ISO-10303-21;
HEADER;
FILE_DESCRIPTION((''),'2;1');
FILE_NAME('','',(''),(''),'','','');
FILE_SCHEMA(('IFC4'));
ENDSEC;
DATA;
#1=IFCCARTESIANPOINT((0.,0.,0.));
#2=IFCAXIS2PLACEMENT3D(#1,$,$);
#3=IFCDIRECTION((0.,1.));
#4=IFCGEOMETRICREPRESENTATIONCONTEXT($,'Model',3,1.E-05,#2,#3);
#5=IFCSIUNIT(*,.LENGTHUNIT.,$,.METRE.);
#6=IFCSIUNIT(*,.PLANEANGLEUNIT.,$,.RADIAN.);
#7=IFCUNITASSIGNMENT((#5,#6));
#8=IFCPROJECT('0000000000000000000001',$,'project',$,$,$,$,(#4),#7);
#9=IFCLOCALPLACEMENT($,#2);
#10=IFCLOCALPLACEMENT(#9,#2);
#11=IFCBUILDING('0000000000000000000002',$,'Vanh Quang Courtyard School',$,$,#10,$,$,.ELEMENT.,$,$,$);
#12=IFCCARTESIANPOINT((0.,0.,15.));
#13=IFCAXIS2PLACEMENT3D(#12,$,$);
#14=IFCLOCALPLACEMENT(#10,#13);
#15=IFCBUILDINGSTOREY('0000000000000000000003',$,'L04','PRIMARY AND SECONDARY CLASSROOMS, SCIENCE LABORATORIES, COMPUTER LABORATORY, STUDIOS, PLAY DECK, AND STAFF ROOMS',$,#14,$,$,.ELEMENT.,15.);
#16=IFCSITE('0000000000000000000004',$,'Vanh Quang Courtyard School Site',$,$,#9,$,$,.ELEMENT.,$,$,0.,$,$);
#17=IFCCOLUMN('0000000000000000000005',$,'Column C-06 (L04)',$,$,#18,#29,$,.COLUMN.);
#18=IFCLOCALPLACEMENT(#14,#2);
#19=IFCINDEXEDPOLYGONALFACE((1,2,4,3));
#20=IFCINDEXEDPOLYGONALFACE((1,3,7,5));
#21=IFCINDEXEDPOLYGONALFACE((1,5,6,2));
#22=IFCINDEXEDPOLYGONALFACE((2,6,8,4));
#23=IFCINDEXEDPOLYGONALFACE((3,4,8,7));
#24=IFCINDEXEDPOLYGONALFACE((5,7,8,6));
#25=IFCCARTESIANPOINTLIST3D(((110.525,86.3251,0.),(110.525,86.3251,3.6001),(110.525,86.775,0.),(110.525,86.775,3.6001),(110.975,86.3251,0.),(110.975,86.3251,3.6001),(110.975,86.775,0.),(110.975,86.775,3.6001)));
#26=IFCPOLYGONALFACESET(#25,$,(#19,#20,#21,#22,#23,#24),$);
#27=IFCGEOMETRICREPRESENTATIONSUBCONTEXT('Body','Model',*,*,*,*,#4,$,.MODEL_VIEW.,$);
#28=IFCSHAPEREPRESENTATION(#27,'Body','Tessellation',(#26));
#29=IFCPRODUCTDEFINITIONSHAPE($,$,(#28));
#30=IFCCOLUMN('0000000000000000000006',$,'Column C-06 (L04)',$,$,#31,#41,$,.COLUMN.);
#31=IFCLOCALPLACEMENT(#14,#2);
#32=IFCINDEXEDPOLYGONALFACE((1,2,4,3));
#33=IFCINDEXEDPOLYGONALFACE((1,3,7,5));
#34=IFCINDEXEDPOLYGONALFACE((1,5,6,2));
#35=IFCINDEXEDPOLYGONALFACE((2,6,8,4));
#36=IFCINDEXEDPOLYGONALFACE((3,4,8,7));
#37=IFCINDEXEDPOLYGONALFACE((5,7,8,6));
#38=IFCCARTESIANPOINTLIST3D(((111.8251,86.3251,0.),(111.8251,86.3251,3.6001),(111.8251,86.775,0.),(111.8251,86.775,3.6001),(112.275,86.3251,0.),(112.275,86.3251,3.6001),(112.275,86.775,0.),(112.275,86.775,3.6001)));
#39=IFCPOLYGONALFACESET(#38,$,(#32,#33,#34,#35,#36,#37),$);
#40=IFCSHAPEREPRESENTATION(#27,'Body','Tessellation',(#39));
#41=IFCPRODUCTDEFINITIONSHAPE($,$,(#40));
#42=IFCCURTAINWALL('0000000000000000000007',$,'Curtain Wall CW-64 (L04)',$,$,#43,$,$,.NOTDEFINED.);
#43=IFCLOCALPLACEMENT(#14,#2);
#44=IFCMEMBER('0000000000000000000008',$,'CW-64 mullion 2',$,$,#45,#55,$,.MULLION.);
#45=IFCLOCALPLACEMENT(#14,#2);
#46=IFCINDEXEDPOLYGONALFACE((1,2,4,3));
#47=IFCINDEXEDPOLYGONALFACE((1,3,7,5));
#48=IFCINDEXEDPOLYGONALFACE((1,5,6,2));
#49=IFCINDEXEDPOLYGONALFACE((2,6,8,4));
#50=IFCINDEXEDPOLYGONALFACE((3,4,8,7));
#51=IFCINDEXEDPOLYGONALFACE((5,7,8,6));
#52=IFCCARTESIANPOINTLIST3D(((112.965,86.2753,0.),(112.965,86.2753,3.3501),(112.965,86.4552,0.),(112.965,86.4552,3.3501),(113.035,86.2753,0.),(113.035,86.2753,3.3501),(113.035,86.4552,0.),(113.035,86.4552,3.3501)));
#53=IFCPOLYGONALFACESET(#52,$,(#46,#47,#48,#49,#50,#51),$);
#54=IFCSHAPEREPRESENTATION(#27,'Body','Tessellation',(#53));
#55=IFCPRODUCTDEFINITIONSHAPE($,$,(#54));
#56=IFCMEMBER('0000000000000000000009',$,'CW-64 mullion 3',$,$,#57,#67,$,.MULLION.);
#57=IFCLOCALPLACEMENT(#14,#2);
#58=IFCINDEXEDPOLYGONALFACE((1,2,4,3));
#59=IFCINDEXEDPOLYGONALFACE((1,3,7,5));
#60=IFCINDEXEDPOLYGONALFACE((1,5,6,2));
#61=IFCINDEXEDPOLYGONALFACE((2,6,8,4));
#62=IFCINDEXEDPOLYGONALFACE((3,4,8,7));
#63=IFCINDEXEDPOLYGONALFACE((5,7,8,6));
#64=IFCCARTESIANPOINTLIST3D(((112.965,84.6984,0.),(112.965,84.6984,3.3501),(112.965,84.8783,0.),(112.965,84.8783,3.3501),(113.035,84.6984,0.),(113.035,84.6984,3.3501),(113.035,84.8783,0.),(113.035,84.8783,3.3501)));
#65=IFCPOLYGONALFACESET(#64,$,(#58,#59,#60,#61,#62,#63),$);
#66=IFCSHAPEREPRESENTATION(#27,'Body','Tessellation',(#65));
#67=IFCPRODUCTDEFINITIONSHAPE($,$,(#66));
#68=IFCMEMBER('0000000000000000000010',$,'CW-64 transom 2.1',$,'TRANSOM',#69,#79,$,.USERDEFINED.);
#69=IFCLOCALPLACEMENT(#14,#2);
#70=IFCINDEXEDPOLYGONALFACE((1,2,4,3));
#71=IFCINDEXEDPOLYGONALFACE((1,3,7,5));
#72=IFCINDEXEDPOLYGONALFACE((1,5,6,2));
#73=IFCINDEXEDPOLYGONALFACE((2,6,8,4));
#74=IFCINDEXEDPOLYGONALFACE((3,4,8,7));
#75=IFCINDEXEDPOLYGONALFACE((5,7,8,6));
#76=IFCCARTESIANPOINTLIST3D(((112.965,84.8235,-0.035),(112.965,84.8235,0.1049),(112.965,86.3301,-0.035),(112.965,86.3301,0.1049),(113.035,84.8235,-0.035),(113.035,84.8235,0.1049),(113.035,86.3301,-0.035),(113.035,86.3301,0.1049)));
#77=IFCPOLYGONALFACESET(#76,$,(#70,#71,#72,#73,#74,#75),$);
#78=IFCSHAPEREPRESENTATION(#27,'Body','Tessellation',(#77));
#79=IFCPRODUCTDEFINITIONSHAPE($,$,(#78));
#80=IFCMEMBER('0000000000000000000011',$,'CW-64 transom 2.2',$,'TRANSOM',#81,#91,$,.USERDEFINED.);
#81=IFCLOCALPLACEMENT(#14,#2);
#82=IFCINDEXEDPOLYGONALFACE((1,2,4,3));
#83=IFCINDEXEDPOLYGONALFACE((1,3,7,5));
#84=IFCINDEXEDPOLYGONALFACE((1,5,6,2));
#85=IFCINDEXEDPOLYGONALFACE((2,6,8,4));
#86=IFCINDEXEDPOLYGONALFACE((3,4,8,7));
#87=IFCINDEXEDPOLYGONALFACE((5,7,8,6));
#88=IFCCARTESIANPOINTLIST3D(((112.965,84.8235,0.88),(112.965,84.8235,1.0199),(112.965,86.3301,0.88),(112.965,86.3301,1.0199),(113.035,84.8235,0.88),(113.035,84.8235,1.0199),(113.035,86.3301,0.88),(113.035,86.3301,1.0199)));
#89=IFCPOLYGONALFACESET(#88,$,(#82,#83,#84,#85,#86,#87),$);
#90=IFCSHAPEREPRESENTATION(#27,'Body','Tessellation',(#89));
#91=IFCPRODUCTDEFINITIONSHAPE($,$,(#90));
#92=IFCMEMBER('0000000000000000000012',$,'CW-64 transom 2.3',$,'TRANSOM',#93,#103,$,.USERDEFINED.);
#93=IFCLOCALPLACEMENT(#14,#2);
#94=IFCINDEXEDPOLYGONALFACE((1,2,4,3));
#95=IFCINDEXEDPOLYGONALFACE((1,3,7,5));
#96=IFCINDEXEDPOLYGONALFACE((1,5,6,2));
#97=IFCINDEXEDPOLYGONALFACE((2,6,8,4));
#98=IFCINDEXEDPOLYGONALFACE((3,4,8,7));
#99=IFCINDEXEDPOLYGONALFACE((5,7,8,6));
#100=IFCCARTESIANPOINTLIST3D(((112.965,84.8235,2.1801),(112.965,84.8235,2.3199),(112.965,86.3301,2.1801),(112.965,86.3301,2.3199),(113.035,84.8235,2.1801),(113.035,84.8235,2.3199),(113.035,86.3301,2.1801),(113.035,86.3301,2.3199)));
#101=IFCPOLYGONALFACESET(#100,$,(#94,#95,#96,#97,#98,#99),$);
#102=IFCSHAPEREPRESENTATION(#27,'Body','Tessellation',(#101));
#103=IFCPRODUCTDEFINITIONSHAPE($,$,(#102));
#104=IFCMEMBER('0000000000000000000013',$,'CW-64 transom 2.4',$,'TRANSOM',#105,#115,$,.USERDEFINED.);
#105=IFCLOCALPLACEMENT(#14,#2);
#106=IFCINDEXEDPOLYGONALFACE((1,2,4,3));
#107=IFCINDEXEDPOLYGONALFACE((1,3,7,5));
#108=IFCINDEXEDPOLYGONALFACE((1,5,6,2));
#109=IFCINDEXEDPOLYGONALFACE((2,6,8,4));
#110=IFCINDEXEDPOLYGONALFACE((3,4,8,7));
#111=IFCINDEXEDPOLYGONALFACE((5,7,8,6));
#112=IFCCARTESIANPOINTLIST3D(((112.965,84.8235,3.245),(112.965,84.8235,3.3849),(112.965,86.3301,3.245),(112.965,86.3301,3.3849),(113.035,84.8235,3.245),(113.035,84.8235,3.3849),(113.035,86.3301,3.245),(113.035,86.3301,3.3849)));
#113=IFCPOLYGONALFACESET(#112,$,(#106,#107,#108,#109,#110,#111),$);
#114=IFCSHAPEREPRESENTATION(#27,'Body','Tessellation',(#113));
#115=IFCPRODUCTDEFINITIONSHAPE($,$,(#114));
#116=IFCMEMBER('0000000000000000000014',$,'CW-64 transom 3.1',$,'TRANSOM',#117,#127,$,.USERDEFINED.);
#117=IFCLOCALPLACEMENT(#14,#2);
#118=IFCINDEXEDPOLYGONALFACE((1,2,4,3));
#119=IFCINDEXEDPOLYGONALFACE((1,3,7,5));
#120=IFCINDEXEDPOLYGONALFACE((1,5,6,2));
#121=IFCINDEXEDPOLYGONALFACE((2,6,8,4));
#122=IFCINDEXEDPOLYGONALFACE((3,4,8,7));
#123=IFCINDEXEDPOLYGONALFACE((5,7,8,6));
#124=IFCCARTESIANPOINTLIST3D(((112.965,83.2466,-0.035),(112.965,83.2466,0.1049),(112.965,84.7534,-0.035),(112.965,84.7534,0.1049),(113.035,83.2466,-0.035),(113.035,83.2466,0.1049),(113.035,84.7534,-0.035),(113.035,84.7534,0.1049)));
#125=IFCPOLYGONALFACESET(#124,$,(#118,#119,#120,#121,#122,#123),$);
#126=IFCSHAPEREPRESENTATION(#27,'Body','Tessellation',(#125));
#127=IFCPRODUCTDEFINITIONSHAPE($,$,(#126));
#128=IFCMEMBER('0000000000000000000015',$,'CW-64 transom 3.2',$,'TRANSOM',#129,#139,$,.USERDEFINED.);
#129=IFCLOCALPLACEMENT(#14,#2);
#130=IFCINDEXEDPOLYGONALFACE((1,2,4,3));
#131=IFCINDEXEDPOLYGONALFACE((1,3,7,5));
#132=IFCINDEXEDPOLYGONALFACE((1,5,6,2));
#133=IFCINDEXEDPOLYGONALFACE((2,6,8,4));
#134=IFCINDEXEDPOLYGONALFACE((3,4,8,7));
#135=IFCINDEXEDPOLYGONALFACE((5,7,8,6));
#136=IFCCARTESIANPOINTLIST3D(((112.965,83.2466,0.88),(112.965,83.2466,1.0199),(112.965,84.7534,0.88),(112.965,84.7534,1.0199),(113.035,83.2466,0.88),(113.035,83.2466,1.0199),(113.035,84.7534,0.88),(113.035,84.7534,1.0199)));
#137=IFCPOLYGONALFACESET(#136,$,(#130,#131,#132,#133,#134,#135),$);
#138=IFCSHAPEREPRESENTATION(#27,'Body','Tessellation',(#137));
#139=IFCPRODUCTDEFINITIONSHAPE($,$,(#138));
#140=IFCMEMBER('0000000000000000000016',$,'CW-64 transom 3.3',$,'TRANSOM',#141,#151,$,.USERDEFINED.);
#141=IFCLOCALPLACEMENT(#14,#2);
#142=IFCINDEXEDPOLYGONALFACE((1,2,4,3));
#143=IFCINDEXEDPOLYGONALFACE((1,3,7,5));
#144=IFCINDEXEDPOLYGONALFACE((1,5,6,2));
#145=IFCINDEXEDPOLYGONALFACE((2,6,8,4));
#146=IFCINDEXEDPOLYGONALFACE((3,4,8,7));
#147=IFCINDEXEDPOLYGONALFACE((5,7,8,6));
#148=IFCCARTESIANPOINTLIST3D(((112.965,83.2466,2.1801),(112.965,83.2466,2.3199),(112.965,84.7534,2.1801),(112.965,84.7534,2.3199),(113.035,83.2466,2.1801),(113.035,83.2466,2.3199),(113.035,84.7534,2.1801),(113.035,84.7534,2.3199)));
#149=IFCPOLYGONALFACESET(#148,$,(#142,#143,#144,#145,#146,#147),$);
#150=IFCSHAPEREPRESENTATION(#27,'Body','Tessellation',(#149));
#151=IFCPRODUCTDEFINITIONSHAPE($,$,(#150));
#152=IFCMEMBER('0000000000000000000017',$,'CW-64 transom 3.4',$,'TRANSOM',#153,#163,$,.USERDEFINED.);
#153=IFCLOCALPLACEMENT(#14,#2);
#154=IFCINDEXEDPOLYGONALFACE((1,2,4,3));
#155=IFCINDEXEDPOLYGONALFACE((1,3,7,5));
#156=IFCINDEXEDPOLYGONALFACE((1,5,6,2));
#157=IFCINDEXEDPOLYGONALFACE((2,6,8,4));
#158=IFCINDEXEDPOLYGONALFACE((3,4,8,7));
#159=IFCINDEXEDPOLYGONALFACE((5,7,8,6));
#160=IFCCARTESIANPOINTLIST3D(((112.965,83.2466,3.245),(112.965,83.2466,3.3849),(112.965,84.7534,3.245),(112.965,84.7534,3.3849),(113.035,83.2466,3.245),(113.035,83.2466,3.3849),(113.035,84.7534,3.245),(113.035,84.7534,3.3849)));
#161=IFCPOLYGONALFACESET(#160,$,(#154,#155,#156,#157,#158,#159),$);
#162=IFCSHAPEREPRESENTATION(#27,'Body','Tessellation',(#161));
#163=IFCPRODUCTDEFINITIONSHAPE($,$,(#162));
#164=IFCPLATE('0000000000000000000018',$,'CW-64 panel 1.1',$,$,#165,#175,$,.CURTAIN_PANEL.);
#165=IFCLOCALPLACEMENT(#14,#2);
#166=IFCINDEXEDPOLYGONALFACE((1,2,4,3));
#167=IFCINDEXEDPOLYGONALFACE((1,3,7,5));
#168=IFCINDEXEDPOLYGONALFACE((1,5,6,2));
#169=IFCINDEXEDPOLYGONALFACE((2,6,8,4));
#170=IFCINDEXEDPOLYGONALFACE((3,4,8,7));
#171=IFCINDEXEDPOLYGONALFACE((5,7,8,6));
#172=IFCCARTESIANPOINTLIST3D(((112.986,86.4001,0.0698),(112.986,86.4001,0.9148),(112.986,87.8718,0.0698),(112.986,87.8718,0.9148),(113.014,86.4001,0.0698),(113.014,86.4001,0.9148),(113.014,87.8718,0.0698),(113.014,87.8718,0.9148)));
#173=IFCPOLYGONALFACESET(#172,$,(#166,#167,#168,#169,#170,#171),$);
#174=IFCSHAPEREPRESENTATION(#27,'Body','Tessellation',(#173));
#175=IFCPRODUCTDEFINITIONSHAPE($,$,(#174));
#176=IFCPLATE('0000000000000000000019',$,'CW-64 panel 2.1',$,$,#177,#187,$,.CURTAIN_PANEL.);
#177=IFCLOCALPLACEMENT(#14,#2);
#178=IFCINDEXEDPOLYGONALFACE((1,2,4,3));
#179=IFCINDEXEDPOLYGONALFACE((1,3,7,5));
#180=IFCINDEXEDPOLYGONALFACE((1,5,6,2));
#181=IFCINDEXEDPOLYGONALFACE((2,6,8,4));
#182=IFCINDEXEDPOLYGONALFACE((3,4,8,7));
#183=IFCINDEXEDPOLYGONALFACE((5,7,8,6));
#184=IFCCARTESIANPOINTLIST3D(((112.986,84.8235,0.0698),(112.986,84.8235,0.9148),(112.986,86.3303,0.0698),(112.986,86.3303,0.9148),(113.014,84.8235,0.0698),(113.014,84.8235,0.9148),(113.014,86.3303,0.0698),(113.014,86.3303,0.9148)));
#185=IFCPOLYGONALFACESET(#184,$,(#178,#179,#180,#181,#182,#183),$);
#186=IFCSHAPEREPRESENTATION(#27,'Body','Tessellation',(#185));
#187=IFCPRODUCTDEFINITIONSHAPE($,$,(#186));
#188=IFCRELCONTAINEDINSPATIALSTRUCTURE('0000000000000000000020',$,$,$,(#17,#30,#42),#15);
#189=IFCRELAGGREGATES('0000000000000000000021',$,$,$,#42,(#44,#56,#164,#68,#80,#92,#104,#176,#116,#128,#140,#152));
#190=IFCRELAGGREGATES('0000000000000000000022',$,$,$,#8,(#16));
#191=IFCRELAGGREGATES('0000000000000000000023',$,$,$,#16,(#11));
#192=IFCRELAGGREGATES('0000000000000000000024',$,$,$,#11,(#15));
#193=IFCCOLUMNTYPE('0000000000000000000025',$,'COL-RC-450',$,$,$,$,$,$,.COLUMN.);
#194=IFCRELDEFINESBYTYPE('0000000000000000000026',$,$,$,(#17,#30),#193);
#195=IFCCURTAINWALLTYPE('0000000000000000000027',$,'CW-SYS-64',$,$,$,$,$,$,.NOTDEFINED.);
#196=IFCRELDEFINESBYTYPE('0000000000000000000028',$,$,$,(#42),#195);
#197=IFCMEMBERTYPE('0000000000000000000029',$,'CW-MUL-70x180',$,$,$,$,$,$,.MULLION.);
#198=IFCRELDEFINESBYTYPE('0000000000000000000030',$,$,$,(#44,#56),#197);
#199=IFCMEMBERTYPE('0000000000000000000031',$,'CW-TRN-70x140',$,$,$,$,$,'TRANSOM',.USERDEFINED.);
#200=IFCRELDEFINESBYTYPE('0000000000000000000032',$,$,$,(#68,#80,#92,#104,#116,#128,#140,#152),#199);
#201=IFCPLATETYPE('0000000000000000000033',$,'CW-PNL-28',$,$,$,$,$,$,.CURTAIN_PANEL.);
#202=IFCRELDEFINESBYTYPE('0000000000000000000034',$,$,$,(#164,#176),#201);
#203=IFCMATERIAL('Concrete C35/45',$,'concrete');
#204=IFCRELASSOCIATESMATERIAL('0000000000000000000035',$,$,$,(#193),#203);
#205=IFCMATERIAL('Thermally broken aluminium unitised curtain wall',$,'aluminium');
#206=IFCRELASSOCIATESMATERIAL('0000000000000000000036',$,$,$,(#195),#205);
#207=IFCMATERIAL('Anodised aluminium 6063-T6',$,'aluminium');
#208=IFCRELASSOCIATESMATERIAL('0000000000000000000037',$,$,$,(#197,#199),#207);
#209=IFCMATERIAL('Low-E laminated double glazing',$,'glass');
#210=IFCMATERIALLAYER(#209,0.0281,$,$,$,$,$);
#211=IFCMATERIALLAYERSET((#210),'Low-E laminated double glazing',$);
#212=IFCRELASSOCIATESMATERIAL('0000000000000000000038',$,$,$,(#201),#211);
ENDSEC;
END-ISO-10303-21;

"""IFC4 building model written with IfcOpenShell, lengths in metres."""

from ifc_helpers import new_model, si_unit, direction, frame, origin, origin_2d, place, context, subcontext, project, spatial, rectangle, extrude, material, layer, layer_set, material_profile, profile_set, type_object, element, aggregate, save


model = new_model("IFC4")

# Units and contexts
model_context = context("Model", 3, precision=1e-05, world=origin(), true_north=direction((0.0, 1.0)))
body_context = subcontext(model_context, "Body", "Model", "MODEL_VIEW")
ifc_project = project(units=[si_unit("LENGTHUNIT", "METRE"), si_unit("PLANEANGLEUNIT", "RADIAN")], contexts=[model_context])

# Site, building, storey
site_placement = place(None, origin())
site = spatial("IfcSite", under=ifc_project, at=site_placement, Name="Vanh Quang Courtyard School Site", CompositionType="ELEMENT", RefElevation=0.0)
building_placement = place(site_placement, origin())
building = spatial("IfcBuilding", under=site, at=building_placement, Name="Vanh Quang Courtyard School", CompositionType="ELEMENT")
storey_placement = place(building_placement, frame((0.0, 0.0, 15.0)))
storey = spatial("IfcBuildingStorey", under=building, at=storey_placement, Name="L04", Description="PRIMARY AND SECONDARY CLASSROOMS, SCIENCE LABORATORIES, COMPUTER LABORATORY, STUDIOS, PLAY DECK, AND STAFF ROOMS", CompositionType="ELEMENT", Elevation=15.0)

# Columns
ifc_material_1 = material(Name="Concrete C35/45", Category="concrete")
ifc_material_profile_1 = material_profile(ifc_material_1, rectangle(XDim=0.45, YDim=0.45, at=origin_2d()), Name="RC-COL 450x450")
ifc_profile_set_1 = profile_set([ifc_material_profile_1], Name="Concrete C35/45")
column_type = type_object("IfcColumnType", Name="COL-RC-450", PredefinedType="COLUMN", material=ifc_profile_set_1)
for number, where, z_axis, x_axis, name in (
    (1, (110.75, 86.55, 0.0), (0.0, 0.0, 1.0), (1.0, 0.0, 0.0), "Column C-06 (L04)"),
    (2, (112.05, 86.55, 0.0), (0.0, 0.0, 1.0), (1.0, 0.0, 0.0), "Column C-06 (L04)"),
):
    element("IfcColumn", number, at=place(storey_placement, frame(where, z_axis=z_axis, x_axis=x_axis)), inside=storey, type_object=column_type, Name=name, PredefinedType="COLUMN", context=body_context, shape_type="SweptSolid", body=[
        extrude(rectangle(XDim=0.45, YDim=0.45, at=origin_2d()), origin(), (0.0, 0.0, 1.0), 3.6001),
    ])

# Curtain wall, members, plates
ifc_material_2 = material(Name="Thermally broken aluminium unitised curtain wall", Category="aluminium")
curtain_wall_type = type_object("IfcCurtainWallType", Name="CW-SYS-64", PredefinedType="NOTDEFINED", material=ifc_material_2)
curtain_wall_placement = place(storey_placement, origin())
curtain_wall = element("IfcCurtainWall", 3, at=curtain_wall_placement, inside=storey, type_object=curtain_wall_type, Name="Curtain Wall CW-64 (L04)", PredefinedType="NOTDEFINED")
ifc_material_3 = material(Name="Anodised aluminium 6063-T6", Category="aluminium")
ifc_material_profile_2 = material_profile(ifc_material_3, rectangle(XDim=0.0701, YDim=0.1799, at=origin_2d()), Name="ALU-MUL 70x180")
ifc_profile_set_2 = profile_set([ifc_material_profile_2], Name="Anodised aluminium 6063-T6")
member_type_1 = type_object("IfcMemberType", Name="CW-MUL-70x180", PredefinedType="MULLION", material=ifc_profile_set_2)
member_1_placement = place(storey_placement, frame((113.0, 86.3652, 0.0), z_axis=(0.0, 0.0, 1.0), x_axis=(1.0, 0.0, 0.0)))
member_1 = element("IfcMember", 4, at=member_1_placement, type_object=member_type_1, Name="CW-64 mullion 2", PredefinedType="MULLION", context=body_context, shape_type="SweptSolid", body=[
    extrude(rectangle(XDim=0.0701, YDim=0.1799, at=origin_2d()), origin(), (0.0, 0.0, 1.0), 3.3501),
])
member_2_placement = place(storey_placement, frame((113.0, 84.7883, 0.0), z_axis=(0.0, 0.0, 1.0), x_axis=(1.0, 0.0, 0.0)))
member_2 = element("IfcMember", 5, at=member_2_placement, type_object=member_type_1, Name="CW-64 mullion 3", PredefinedType="MULLION", context=body_context, shape_type="SweptSolid", body=[
    extrude(rectangle(XDim=0.0701, YDim=0.1799, at=origin_2d()), origin(), (0.0, 0.0, 1.0), 3.3501),
])
ifc_material_profile_3 = material_profile(ifc_material_3, rectangle(XDim=0.0701, YDim=0.1399, at=origin_2d()), Name="ALU-TRN 70x140")
ifc_profile_set_3 = profile_set([ifc_material_profile_3], Name="Anodised aluminium 6063-T6")
member_type_2 = type_object("IfcMemberType", Name="CW-TRN-70x140", ElementType="TRANSOM", PredefinedType="USERDEFINED", material=ifc_profile_set_3)
member_3_placement = place(storey_placement, frame((113.0, 86.3301, 0.0349), z_axis=(0.0, -1.0, 0.0), x_axis=(1.0, 0.0, 0.0)))
member_3 = element("IfcMember", 6, at=member_3_placement, type_object=member_type_2, Name="CW-64 transom 2.1", ObjectType="TRANSOM", PredefinedType="USERDEFINED", context=body_context, shape_type="SweptSolid", body=[
    extrude(rectangle(XDim=0.0701, YDim=0.1399, at=origin_2d()), origin(), (0.0, 0.0, 1.0), 1.5066),
])
member_4_placement = place(storey_placement, frame((113.0, 86.3301, 0.95), z_axis=(0.0, -1.0, 0.0), x_axis=(1.0, 0.0, 0.0)))
member_4 = element("IfcMember", 7, at=member_4_placement, type_object=member_type_2, Name="CW-64 transom 2.2", ObjectType="TRANSOM", PredefinedType="USERDEFINED", context=body_context, shape_type="SweptSolid", body=[
    extrude(rectangle(XDim=0.0701, YDim=0.1399, at=origin_2d()), origin(), (0.0, 0.0, 1.0), 1.5066),
])
member_5_placement = place(storey_placement, frame((113.0, 86.3301, 2.25), z_axis=(0.0, -1.0, 0.0), x_axis=(1.0, 0.0, 0.0)))
member_5 = element("IfcMember", 8, at=member_5_placement, type_object=member_type_2, Name="CW-64 transom 2.3", ObjectType="TRANSOM", PredefinedType="USERDEFINED", context=body_context, shape_type="SweptSolid", body=[
    extrude(rectangle(XDim=0.0701, YDim=0.1399, at=origin_2d()), origin(), (0.0, 0.0, 1.0), 1.5066),
])
member_6_placement = place(storey_placement, frame((113.0, 86.3301, 3.3149), z_axis=(0.0, -1.0, 0.0), x_axis=(1.0, 0.0, 0.0)))
member_6 = element("IfcMember", 9, at=member_6_placement, type_object=member_type_2, Name="CW-64 transom 2.4", ObjectType="TRANSOM", PredefinedType="USERDEFINED", context=body_context, shape_type="SweptSolid", body=[
    extrude(rectangle(XDim=0.0701, YDim=0.1399, at=origin_2d()), origin(), (0.0, 0.0, 1.0), 1.5066),
])
member_7_placement = place(storey_placement, frame((113.0, 84.7534, 0.0349), z_axis=(0.0, -1.0, 0.0), x_axis=(1.0, 0.0, 0.0)))
member_7 = element("IfcMember", 10, at=member_7_placement, type_object=member_type_2, Name="CW-64 transom 3.1", ObjectType="TRANSOM", PredefinedType="USERDEFINED", context=body_context, shape_type="SweptSolid", body=[
    extrude(rectangle(XDim=0.0701, YDim=0.1399, at=origin_2d()), origin(), (0.0, 0.0, 1.0), 1.5068),
])
member_8_placement = place(storey_placement, frame((113.0, 84.7534, 0.95), z_axis=(0.0, -1.0, 0.0), x_axis=(1.0, 0.0, 0.0)))
member_8 = element("IfcMember", 11, at=member_8_placement, type_object=member_type_2, Name="CW-64 transom 3.2", ObjectType="TRANSOM", PredefinedType="USERDEFINED", context=body_context, shape_type="SweptSolid", body=[
    extrude(rectangle(XDim=0.0701, YDim=0.1399, at=origin_2d()), origin(), (0.0, 0.0, 1.0), 1.5068),
])
member_9_placement = place(storey_placement, frame((113.0, 84.7534, 2.25), z_axis=(0.0, -1.0, 0.0), x_axis=(1.0, 0.0, 0.0)))
member_9 = element("IfcMember", 12, at=member_9_placement, type_object=member_type_2, Name="CW-64 transom 3.3", ObjectType="TRANSOM", PredefinedType="USERDEFINED", context=body_context, shape_type="SweptSolid", body=[
    extrude(rectangle(XDim=0.0701, YDim=0.1399, at=origin_2d()), origin(), (0.0, 0.0, 1.0), 1.5068),
])
member_10_placement = place(storey_placement, frame((113.0, 84.7534, 3.3149), z_axis=(0.0, -1.0, 0.0), x_axis=(1.0, 0.0, 0.0)))
member_10 = element("IfcMember", 13, at=member_10_placement, type_object=member_type_2, Name="CW-64 transom 3.4", ObjectType="TRANSOM", PredefinedType="USERDEFINED", context=body_context, shape_type="SweptSolid", body=[
    extrude(rectangle(XDim=0.0701, YDim=0.1399, at=origin_2d()), origin(), (0.0, 0.0, 1.0), 1.5068),
])
ifc_material_4 = material(Name="Low-E laminated double glazing", Category="glass")
ifc_layer_1 = layer(ifc_material_4, 0.0281)
ifc_layer_set_1 = layer_set([ifc_layer_1], Name="Low-E laminated double glazing")
plate_type = type_object("IfcPlateType", Name="CW-PNL-28", PredefinedType="CURTAIN_PANEL", material=ifc_layer_set_1)
plate_1_placement = place(storey_placement, frame((113.0, 87.136, 0.0698), z_axis=(0.0, 0.0, 1.0), x_axis=(0.0, -1.0, 0.0)))
plate_1 = element("IfcPlate", 14, at=plate_1_placement, type_object=plate_type, Name="CW-64 panel 1.1", PredefinedType="CURTAIN_PANEL", context=body_context, shape_type="SweptSolid", body=[
    extrude(rectangle(XDim=1.4717, YDim=0.0281, at=origin_2d()), origin(), (0.0, 0.0, 1.0), 0.845),
])
plate_2_placement = place(storey_placement, frame((113.0, 85.5769, 0.0698), z_axis=(0.0, 0.0, 1.0), x_axis=(0.0, -1.0, 0.0)))
plate_2 = element("IfcPlate", 15, at=plate_2_placement, type_object=plate_type, Name="CW-64 panel 2.1", PredefinedType="CURTAIN_PANEL", context=body_context, shape_type="SweptSolid", body=[
    extrude(rectangle(XDim=1.5068, YDim=0.0281, at=origin_2d()), origin(), (0.0, 0.0, 1.0), 0.845),
])
aggregate(curtain_wall, [member_1, member_2, plate_1, member_3, member_4, member_5, member_6, plate_2, member_7, member_8, member_9, member_10])

save(model, "model.ifc")
